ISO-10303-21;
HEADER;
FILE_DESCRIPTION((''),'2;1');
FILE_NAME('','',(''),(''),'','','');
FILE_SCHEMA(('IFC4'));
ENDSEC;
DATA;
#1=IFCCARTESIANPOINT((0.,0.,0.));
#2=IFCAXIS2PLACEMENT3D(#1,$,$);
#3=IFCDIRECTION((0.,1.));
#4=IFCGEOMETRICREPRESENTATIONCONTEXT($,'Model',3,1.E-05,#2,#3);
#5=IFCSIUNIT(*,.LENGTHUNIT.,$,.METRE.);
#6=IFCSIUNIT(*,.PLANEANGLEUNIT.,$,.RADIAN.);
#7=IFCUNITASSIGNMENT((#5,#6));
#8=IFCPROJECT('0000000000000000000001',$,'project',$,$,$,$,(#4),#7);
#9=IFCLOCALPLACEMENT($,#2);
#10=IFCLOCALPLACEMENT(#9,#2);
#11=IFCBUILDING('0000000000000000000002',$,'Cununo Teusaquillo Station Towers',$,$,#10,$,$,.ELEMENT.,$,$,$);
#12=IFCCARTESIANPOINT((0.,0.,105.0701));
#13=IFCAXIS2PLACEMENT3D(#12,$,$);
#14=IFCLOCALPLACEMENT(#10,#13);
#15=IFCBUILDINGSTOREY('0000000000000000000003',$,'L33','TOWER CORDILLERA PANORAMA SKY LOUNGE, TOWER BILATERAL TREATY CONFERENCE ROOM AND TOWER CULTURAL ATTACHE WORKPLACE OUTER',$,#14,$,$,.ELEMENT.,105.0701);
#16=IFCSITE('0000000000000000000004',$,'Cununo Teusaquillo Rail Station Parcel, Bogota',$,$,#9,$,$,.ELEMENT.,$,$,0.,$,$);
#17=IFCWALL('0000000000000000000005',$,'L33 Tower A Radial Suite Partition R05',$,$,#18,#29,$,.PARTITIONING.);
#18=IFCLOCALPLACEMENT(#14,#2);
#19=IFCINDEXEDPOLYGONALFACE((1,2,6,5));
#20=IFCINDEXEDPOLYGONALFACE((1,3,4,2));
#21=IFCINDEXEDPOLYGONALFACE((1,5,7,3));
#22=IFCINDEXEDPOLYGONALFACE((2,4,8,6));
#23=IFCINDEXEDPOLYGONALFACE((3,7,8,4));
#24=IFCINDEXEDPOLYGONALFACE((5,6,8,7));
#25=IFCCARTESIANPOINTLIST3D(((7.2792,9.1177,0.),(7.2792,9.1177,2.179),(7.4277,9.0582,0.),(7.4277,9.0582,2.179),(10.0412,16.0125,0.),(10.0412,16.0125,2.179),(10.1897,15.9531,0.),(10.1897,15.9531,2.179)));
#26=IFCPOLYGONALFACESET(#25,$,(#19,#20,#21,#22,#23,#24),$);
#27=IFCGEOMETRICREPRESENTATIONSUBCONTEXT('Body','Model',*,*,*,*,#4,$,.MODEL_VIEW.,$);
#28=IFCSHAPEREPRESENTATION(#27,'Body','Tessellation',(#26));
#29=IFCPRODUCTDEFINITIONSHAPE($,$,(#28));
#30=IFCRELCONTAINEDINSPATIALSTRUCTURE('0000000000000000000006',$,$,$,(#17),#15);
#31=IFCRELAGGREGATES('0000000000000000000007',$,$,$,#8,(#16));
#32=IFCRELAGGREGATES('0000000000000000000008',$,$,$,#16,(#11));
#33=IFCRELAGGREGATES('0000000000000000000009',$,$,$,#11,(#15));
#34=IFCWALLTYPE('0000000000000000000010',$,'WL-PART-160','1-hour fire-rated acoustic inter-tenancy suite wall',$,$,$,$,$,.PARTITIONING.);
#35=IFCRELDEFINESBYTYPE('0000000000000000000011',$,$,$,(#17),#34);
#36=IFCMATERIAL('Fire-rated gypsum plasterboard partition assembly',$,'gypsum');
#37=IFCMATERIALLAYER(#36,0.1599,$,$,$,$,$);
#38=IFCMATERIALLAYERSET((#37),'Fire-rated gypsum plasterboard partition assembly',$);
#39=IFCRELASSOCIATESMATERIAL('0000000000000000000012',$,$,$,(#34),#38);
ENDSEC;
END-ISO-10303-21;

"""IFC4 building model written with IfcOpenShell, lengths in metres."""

from ifc_helpers import new_model, si_unit, direction, frame, frame_2d, origin, place, context, subcontext, project, spatial, rectangle, extrude, material, layer, layer_set, type_object, element, save


model = new_model("IFC4")

# Units and contexts
model_context = context("Model", 3, precision=1e-05, world=origin(), true_north=direction((0.0, 1.0)))
body_context = subcontext(model_context, "Body", "Model", "MODEL_VIEW")
ifc_project = project(units=[si_unit("LENGTHUNIT", "METRE"), si_unit("PLANEANGLEUNIT", "RADIAN")], contexts=[model_context])

# Site, building, storey
site_placement = place(None, origin())
site = spatial("IfcSite", under=ifc_project, at=site_placement, Name="Cununo Teusaquillo Rail Station Parcel, Bogota", CompositionType="ELEMENT", RefElevation=0.0)
building_placement = place(site_placement, origin())
building = spatial("IfcBuilding", under=site, at=building_placement, Name="Cununo Teusaquillo Station Towers", CompositionType="ELEMENT")
storey_placement = place(building_placement, frame((0.0, 0.0, 105.0701)))
storey = spatial("IfcBuildingStorey", under=building, at=storey_placement, Name="L33", Description="TOWER CORDILLERA PANORAMA SKY LOUNGE, TOWER BILATERAL TREATY CONFERENCE ROOM AND TOWER CULTURAL ATTACHE WORKPLACE OUTER", CompositionType="ELEMENT", Elevation=105.0701)

# Wall
ifc_material_1 = material(Name="Fire-rated gypsum plasterboard partition assembly", Category="gypsum")
ifc_layer_1 = layer(ifc_material_1, 0.1599)
ifc_layer_set_1 = layer_set([ifc_layer_1], Name="Fire-rated gypsum plasterboard partition assembly")
wall_type_1 = type_object("IfcWallType", Name="WL-PART-160", Description="1-hour fire-rated acoustic inter-tenancy suite wall", PredefinedType="PARTITIONING", material=ifc_layer_set_1)
wall_1_placement = place(storey_placement, frame((10.1155, 15.9829, 0.0), z_axis=(0.0, 0.0, 1.0), x_axis=(-0.371861, -0.928288, 0.0)))
element("IfcWall", 1, at=wall_1_placement, inside=storey, type_object=wall_type_1, Name="L33 Tower A Radial Suite Partition R05", PredefinedType="PARTITIONING", context=body_context, shape_type="SweptSolid", body=[
    extrude(rectangle(XDim=7.4275, YDim=0.1599, at=frame_2d((3.7139, 0.0))), origin(), (0.0, 0.0, 1.0), 2.179),
])

save(model, "model.ifc")
